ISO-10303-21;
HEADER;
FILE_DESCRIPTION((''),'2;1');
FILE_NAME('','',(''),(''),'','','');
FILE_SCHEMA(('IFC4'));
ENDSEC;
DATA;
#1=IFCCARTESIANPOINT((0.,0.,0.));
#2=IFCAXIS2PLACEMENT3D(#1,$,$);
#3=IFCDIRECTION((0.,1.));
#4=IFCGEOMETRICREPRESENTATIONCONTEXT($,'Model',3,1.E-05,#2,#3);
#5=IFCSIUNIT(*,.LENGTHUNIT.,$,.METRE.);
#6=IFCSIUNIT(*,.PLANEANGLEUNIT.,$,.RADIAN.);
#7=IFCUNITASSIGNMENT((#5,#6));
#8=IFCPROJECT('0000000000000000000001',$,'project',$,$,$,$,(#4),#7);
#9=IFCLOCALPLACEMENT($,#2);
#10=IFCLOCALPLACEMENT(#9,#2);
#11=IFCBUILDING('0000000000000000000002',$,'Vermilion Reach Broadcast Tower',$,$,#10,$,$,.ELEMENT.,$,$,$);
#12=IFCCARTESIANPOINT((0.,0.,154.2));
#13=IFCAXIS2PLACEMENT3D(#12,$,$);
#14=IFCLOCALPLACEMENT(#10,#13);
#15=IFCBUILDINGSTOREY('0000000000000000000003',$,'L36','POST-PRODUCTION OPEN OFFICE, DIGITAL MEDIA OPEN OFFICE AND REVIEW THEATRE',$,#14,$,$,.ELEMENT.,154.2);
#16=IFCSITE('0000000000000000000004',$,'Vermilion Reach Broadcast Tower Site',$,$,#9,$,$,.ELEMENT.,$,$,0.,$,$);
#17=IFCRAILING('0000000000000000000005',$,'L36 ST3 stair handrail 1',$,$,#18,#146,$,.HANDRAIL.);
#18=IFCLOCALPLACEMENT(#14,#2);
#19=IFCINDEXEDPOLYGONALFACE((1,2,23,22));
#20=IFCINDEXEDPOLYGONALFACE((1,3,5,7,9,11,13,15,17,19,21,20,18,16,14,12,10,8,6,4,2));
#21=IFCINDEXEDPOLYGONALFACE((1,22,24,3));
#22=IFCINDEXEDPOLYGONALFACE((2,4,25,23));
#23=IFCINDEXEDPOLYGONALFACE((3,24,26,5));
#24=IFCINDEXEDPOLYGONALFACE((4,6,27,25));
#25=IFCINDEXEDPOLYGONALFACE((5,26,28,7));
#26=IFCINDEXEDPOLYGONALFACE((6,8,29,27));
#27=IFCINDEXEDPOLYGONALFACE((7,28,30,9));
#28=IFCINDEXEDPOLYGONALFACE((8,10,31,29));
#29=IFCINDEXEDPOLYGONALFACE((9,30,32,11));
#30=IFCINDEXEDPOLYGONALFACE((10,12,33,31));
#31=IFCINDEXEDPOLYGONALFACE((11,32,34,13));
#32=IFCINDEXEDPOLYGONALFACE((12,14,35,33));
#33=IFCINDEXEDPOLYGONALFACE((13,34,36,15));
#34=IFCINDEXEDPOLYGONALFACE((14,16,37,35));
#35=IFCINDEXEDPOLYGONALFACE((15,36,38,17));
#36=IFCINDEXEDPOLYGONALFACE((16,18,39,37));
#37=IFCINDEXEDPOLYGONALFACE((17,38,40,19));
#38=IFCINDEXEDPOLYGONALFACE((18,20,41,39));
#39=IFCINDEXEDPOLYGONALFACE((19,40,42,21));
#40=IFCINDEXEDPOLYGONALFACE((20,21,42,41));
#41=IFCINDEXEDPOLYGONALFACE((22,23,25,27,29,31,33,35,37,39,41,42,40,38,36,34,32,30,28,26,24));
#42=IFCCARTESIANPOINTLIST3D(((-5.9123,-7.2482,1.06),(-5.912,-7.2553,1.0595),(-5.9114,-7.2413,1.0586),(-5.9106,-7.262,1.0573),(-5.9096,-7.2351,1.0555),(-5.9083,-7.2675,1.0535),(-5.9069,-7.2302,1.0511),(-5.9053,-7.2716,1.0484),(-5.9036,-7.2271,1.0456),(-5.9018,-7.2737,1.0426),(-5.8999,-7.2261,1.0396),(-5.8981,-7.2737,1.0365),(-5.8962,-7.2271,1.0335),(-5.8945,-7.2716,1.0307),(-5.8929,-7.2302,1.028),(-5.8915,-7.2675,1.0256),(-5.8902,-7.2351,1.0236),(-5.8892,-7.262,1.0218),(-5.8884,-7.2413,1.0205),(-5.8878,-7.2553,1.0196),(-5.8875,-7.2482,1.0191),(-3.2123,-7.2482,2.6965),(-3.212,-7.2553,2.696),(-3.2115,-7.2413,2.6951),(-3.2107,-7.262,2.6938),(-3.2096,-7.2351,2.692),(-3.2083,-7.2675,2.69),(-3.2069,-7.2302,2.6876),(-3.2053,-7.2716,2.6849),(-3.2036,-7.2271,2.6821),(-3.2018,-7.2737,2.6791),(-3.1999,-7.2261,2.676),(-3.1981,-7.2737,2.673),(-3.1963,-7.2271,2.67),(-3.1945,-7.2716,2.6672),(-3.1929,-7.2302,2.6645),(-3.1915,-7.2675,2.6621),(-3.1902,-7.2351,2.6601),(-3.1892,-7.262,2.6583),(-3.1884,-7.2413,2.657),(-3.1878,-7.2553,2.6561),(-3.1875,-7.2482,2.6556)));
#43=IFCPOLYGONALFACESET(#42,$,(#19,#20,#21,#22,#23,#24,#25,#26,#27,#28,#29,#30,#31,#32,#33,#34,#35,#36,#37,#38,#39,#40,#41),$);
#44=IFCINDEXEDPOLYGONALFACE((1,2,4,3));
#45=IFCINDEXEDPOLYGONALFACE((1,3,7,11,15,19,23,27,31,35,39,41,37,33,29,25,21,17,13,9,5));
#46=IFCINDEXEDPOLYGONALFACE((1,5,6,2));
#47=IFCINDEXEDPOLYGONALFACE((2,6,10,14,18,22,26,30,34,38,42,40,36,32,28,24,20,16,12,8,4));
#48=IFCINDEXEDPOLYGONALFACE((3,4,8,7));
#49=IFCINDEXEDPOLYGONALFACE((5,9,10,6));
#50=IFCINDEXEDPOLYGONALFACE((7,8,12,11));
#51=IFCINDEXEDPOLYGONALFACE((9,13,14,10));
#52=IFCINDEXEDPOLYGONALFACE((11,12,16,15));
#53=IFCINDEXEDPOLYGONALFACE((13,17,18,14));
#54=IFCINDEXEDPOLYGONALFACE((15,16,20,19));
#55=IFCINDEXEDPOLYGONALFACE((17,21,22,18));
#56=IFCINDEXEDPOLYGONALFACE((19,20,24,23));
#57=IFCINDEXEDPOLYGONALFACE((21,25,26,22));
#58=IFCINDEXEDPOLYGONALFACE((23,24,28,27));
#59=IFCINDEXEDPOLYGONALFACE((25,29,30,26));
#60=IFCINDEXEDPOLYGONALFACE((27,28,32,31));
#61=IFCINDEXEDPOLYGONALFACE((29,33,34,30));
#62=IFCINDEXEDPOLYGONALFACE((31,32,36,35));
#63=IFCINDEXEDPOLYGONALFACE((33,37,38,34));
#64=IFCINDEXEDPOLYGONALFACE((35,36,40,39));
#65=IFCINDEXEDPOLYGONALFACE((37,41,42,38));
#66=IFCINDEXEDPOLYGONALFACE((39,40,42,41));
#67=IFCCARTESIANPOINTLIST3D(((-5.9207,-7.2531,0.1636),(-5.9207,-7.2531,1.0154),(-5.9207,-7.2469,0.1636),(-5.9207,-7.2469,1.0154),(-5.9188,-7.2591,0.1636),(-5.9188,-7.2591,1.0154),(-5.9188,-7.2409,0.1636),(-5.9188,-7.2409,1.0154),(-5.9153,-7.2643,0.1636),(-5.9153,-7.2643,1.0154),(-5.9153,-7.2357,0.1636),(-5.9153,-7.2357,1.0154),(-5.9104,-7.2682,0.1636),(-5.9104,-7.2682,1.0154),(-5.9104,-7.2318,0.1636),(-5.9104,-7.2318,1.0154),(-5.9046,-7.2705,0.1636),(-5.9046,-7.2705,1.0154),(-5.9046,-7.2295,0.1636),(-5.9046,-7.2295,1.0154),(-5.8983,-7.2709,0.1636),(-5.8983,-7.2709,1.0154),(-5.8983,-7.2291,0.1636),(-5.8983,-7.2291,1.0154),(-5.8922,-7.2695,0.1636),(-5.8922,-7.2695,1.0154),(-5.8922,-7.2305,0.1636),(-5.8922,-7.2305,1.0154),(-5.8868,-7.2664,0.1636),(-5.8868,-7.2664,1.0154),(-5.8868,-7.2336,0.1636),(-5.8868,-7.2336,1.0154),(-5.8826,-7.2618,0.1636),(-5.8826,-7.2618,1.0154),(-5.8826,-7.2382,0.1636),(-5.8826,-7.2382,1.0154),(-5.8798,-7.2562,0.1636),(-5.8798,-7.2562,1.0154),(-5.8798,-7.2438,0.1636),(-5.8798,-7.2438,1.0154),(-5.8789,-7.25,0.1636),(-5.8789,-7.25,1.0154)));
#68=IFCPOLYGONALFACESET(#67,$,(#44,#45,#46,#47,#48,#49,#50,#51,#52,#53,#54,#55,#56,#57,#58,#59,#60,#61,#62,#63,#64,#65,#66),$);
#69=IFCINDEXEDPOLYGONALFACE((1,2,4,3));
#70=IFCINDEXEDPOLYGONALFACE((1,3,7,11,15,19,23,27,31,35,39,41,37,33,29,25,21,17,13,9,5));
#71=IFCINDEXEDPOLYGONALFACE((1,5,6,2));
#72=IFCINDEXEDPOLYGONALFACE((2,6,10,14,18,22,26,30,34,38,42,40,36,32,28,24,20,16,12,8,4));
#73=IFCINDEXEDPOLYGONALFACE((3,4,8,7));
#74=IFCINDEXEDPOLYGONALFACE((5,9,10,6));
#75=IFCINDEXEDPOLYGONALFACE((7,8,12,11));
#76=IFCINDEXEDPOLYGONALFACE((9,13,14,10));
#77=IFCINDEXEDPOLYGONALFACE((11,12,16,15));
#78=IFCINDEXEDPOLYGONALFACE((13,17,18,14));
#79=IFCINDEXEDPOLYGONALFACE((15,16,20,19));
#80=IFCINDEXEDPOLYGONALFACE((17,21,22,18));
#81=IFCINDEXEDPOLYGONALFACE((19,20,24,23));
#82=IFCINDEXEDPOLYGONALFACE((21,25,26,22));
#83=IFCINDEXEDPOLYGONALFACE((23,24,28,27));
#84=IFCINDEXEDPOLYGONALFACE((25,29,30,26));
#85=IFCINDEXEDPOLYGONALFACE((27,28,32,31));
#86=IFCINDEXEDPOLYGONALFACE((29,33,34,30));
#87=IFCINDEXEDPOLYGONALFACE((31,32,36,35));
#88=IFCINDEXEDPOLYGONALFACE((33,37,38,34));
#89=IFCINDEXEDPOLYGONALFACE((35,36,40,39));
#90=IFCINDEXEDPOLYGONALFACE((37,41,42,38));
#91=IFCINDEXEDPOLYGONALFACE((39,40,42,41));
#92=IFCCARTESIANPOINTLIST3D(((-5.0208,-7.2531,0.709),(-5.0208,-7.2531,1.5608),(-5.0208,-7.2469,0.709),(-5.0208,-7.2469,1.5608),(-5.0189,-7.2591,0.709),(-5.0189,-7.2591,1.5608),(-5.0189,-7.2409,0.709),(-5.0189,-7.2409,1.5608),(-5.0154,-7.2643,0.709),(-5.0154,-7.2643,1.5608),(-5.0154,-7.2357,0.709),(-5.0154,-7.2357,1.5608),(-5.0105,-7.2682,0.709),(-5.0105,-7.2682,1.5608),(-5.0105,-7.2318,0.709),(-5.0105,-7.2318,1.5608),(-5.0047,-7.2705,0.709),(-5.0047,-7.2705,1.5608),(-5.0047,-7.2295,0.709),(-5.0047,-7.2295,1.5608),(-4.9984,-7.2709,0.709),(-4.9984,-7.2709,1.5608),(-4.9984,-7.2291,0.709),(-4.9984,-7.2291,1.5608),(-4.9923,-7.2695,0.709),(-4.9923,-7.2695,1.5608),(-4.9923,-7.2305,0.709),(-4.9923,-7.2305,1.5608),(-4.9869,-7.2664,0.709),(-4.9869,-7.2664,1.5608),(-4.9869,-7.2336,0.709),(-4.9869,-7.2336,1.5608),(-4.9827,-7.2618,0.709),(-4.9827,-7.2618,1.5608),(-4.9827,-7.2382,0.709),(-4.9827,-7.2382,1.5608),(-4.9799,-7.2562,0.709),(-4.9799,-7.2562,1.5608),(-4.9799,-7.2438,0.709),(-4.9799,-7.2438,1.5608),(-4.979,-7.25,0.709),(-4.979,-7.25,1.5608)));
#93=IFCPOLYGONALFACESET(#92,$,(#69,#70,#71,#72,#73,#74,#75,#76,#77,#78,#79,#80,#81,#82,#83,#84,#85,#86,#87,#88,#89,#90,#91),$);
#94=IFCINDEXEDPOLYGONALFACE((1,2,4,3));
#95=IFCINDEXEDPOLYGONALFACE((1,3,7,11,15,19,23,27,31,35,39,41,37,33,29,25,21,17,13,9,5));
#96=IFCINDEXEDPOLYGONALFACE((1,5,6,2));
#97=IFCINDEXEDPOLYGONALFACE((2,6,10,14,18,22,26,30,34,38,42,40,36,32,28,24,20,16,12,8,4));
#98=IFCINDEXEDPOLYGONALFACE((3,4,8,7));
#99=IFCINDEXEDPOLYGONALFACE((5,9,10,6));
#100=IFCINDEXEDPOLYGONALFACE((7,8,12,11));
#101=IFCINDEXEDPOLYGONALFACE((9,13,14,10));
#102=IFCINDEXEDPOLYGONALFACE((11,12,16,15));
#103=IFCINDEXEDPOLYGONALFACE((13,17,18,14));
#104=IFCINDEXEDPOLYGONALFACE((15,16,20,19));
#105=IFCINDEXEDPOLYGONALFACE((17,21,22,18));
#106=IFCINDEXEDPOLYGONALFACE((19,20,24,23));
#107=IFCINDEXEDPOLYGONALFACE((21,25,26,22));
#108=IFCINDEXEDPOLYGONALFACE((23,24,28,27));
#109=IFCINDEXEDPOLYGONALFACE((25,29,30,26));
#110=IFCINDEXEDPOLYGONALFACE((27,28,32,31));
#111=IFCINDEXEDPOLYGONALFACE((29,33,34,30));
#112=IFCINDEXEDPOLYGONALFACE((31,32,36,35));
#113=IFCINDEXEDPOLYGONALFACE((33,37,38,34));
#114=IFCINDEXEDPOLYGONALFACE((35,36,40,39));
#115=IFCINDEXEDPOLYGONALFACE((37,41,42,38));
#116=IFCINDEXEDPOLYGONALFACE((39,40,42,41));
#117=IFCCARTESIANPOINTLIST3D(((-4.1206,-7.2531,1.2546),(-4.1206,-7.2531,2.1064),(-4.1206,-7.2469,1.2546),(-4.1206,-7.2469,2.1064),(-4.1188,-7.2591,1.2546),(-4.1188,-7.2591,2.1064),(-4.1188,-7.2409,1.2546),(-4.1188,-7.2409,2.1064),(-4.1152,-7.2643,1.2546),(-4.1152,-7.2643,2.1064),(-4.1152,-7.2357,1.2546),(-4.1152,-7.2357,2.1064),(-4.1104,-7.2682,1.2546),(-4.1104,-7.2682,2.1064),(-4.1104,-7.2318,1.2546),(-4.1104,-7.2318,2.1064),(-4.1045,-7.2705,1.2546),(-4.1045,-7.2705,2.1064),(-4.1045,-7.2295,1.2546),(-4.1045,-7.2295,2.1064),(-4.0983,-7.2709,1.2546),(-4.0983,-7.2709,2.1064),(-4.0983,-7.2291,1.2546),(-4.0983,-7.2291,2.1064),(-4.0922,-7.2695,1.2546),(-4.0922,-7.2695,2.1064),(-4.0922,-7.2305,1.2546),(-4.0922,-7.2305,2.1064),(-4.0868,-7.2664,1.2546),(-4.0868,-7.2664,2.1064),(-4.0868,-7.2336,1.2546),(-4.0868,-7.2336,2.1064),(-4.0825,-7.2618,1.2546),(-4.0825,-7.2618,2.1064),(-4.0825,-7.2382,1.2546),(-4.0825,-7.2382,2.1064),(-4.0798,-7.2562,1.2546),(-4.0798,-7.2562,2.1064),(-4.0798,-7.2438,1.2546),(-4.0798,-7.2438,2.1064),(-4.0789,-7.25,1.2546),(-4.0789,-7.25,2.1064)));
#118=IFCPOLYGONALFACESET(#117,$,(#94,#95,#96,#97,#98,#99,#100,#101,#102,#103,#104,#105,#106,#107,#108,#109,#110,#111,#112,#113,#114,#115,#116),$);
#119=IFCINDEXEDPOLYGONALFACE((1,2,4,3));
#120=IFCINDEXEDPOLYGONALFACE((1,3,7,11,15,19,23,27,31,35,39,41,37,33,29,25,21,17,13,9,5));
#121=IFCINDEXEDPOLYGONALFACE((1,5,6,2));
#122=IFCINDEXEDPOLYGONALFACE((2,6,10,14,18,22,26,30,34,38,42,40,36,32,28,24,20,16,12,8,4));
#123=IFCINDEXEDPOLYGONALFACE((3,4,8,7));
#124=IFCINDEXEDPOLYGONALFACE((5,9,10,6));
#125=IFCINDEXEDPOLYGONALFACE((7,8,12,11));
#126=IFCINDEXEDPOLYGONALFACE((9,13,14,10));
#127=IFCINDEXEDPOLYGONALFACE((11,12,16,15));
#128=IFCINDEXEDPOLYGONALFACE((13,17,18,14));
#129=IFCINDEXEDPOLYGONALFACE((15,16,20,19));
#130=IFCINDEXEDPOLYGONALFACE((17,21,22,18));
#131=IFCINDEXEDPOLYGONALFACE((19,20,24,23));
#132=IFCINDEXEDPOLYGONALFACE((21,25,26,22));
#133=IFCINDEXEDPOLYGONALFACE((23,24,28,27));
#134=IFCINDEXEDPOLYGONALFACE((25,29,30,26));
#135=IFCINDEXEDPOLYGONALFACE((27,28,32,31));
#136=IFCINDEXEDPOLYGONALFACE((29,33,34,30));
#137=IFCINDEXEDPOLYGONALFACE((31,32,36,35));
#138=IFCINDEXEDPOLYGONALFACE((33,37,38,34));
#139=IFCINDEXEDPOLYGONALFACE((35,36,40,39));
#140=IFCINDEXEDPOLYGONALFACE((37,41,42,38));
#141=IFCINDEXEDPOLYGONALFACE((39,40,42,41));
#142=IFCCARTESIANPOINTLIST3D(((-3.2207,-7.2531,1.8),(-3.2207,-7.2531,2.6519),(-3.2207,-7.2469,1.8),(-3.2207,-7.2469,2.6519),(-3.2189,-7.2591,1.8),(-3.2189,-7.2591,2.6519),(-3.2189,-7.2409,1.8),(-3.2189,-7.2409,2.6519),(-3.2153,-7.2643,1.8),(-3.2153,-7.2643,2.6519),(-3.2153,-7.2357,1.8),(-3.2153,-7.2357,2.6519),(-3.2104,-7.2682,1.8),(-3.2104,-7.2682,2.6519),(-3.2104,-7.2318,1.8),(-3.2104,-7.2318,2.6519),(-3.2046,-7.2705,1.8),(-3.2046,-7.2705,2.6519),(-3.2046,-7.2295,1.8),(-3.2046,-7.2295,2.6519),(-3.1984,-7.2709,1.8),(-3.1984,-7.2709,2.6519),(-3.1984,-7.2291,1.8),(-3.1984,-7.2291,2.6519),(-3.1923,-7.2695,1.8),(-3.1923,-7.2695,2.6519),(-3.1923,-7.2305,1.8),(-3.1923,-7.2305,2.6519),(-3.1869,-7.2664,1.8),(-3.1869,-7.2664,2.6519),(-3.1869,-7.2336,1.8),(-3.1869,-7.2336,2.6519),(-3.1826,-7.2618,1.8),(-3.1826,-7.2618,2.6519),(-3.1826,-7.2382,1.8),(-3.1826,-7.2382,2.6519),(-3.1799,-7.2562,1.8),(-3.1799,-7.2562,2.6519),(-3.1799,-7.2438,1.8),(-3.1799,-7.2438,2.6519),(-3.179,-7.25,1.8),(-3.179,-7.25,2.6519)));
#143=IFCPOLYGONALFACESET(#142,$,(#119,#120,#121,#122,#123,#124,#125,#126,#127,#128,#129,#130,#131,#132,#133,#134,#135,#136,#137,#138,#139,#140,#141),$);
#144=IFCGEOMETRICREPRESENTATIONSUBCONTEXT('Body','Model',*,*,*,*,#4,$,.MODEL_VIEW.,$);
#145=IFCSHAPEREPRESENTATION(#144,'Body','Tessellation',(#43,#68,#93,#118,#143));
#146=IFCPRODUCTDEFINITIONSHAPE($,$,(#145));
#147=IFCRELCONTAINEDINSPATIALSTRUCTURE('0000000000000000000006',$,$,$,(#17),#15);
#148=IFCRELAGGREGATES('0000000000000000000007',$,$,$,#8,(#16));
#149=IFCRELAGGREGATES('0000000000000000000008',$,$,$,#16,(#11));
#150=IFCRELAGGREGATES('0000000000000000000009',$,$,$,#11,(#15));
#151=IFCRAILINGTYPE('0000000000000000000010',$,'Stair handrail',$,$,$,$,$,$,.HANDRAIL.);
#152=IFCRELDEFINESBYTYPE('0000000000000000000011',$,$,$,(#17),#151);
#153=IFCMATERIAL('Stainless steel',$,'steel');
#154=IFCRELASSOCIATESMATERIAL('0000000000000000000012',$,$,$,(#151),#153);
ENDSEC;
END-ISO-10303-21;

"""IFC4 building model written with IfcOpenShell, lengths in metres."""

from ifc_helpers import new_model, si_unit, direction, frame, origin, origin_2d, place, context, subcontext, project, spatial, circle, extrude, material, type_object, element, save


model = new_model("IFC4")

# Units and contexts
model_context = context("Model", 3, precision=1e-05, world=origin(), true_north=direction((0.0, 1.0)))
body_context = subcontext(model_context, "Body", "Model", "MODEL_VIEW")
ifc_project = project(units=[si_unit("LENGTHUNIT", "METRE"), si_unit("PLANEANGLEUNIT", "RADIAN")], contexts=[model_context])

# Site, building, storey
site_placement = place(None, origin())
site = spatial("IfcSite", under=ifc_project, at=site_placement, Name="Vermilion Reach Broadcast Tower Site", CompositionType="ELEMENT", RefElevation=0.0)
building_placement = place(site_placement, origin())
building = spatial("IfcBuilding", under=site, at=building_placement, Name="Vermilion Reach Broadcast Tower", CompositionType="ELEMENT")
storey_placement = place(building_placement, frame((0.0, 0.0, 154.2)))
storey = spatial("IfcBuildingStorey", under=building, at=storey_placement, Name="L36", Description="POST-PRODUCTION OPEN OFFICE, DIGITAL MEDIA OPEN OFFICE AND REVIEW THEATRE", CompositionType="ELEMENT", Elevation=154.2)

# Railing
ifc_material_1 = material(Name="Stainless steel", Category="steel")
railing_type_1 = type_object("IfcRailingType", Name="Stair handrail", PredefinedType="HANDRAIL", material=ifc_material_1)
railing_1_placement = place(storey_placement, frame((-5.8999, -7.25, 0.1636)))
element("IfcRailing", 1, at=railing_1_placement, inside=storey, type_object=railing_type_1, Name="L36 ST3 stair handrail 1", PredefinedType="HANDRAIL", context=body_context, shape_type="SweptSolid", body=[
    extrude(circle(Radius=0.0239, at=origin_2d()), frame((0.0, 0.0, 0.876), z_axis=(0.855178, 0.0, 0.518334), x_axis=(0.0, 1.0, 0.0)), (0.0, 0.0, 1.0), 3.1572),
    extrude(circle(Radius=0.021, at=origin_2d()), origin(), (0.0, 0.0, 1.0), 0.8518),
    extrude(circle(Radius=0.021, at=origin_2d()), frame((0.8999, 0.0, 0.5454)), (0.0, 0.0, 1.0), 0.8518),
    extrude(circle(Radius=0.021, at=origin_2d()), frame((1.8, 0.0, 1.0911)), (0.0, 0.0, 1.0), 0.8518),
    extrude(circle(Radius=0.021, at=origin_2d()), frame((2.7, 0.0, 1.6365)), (0.0, 0.0, 1.0), 0.8518),
])

save(model, "model.ifc")
